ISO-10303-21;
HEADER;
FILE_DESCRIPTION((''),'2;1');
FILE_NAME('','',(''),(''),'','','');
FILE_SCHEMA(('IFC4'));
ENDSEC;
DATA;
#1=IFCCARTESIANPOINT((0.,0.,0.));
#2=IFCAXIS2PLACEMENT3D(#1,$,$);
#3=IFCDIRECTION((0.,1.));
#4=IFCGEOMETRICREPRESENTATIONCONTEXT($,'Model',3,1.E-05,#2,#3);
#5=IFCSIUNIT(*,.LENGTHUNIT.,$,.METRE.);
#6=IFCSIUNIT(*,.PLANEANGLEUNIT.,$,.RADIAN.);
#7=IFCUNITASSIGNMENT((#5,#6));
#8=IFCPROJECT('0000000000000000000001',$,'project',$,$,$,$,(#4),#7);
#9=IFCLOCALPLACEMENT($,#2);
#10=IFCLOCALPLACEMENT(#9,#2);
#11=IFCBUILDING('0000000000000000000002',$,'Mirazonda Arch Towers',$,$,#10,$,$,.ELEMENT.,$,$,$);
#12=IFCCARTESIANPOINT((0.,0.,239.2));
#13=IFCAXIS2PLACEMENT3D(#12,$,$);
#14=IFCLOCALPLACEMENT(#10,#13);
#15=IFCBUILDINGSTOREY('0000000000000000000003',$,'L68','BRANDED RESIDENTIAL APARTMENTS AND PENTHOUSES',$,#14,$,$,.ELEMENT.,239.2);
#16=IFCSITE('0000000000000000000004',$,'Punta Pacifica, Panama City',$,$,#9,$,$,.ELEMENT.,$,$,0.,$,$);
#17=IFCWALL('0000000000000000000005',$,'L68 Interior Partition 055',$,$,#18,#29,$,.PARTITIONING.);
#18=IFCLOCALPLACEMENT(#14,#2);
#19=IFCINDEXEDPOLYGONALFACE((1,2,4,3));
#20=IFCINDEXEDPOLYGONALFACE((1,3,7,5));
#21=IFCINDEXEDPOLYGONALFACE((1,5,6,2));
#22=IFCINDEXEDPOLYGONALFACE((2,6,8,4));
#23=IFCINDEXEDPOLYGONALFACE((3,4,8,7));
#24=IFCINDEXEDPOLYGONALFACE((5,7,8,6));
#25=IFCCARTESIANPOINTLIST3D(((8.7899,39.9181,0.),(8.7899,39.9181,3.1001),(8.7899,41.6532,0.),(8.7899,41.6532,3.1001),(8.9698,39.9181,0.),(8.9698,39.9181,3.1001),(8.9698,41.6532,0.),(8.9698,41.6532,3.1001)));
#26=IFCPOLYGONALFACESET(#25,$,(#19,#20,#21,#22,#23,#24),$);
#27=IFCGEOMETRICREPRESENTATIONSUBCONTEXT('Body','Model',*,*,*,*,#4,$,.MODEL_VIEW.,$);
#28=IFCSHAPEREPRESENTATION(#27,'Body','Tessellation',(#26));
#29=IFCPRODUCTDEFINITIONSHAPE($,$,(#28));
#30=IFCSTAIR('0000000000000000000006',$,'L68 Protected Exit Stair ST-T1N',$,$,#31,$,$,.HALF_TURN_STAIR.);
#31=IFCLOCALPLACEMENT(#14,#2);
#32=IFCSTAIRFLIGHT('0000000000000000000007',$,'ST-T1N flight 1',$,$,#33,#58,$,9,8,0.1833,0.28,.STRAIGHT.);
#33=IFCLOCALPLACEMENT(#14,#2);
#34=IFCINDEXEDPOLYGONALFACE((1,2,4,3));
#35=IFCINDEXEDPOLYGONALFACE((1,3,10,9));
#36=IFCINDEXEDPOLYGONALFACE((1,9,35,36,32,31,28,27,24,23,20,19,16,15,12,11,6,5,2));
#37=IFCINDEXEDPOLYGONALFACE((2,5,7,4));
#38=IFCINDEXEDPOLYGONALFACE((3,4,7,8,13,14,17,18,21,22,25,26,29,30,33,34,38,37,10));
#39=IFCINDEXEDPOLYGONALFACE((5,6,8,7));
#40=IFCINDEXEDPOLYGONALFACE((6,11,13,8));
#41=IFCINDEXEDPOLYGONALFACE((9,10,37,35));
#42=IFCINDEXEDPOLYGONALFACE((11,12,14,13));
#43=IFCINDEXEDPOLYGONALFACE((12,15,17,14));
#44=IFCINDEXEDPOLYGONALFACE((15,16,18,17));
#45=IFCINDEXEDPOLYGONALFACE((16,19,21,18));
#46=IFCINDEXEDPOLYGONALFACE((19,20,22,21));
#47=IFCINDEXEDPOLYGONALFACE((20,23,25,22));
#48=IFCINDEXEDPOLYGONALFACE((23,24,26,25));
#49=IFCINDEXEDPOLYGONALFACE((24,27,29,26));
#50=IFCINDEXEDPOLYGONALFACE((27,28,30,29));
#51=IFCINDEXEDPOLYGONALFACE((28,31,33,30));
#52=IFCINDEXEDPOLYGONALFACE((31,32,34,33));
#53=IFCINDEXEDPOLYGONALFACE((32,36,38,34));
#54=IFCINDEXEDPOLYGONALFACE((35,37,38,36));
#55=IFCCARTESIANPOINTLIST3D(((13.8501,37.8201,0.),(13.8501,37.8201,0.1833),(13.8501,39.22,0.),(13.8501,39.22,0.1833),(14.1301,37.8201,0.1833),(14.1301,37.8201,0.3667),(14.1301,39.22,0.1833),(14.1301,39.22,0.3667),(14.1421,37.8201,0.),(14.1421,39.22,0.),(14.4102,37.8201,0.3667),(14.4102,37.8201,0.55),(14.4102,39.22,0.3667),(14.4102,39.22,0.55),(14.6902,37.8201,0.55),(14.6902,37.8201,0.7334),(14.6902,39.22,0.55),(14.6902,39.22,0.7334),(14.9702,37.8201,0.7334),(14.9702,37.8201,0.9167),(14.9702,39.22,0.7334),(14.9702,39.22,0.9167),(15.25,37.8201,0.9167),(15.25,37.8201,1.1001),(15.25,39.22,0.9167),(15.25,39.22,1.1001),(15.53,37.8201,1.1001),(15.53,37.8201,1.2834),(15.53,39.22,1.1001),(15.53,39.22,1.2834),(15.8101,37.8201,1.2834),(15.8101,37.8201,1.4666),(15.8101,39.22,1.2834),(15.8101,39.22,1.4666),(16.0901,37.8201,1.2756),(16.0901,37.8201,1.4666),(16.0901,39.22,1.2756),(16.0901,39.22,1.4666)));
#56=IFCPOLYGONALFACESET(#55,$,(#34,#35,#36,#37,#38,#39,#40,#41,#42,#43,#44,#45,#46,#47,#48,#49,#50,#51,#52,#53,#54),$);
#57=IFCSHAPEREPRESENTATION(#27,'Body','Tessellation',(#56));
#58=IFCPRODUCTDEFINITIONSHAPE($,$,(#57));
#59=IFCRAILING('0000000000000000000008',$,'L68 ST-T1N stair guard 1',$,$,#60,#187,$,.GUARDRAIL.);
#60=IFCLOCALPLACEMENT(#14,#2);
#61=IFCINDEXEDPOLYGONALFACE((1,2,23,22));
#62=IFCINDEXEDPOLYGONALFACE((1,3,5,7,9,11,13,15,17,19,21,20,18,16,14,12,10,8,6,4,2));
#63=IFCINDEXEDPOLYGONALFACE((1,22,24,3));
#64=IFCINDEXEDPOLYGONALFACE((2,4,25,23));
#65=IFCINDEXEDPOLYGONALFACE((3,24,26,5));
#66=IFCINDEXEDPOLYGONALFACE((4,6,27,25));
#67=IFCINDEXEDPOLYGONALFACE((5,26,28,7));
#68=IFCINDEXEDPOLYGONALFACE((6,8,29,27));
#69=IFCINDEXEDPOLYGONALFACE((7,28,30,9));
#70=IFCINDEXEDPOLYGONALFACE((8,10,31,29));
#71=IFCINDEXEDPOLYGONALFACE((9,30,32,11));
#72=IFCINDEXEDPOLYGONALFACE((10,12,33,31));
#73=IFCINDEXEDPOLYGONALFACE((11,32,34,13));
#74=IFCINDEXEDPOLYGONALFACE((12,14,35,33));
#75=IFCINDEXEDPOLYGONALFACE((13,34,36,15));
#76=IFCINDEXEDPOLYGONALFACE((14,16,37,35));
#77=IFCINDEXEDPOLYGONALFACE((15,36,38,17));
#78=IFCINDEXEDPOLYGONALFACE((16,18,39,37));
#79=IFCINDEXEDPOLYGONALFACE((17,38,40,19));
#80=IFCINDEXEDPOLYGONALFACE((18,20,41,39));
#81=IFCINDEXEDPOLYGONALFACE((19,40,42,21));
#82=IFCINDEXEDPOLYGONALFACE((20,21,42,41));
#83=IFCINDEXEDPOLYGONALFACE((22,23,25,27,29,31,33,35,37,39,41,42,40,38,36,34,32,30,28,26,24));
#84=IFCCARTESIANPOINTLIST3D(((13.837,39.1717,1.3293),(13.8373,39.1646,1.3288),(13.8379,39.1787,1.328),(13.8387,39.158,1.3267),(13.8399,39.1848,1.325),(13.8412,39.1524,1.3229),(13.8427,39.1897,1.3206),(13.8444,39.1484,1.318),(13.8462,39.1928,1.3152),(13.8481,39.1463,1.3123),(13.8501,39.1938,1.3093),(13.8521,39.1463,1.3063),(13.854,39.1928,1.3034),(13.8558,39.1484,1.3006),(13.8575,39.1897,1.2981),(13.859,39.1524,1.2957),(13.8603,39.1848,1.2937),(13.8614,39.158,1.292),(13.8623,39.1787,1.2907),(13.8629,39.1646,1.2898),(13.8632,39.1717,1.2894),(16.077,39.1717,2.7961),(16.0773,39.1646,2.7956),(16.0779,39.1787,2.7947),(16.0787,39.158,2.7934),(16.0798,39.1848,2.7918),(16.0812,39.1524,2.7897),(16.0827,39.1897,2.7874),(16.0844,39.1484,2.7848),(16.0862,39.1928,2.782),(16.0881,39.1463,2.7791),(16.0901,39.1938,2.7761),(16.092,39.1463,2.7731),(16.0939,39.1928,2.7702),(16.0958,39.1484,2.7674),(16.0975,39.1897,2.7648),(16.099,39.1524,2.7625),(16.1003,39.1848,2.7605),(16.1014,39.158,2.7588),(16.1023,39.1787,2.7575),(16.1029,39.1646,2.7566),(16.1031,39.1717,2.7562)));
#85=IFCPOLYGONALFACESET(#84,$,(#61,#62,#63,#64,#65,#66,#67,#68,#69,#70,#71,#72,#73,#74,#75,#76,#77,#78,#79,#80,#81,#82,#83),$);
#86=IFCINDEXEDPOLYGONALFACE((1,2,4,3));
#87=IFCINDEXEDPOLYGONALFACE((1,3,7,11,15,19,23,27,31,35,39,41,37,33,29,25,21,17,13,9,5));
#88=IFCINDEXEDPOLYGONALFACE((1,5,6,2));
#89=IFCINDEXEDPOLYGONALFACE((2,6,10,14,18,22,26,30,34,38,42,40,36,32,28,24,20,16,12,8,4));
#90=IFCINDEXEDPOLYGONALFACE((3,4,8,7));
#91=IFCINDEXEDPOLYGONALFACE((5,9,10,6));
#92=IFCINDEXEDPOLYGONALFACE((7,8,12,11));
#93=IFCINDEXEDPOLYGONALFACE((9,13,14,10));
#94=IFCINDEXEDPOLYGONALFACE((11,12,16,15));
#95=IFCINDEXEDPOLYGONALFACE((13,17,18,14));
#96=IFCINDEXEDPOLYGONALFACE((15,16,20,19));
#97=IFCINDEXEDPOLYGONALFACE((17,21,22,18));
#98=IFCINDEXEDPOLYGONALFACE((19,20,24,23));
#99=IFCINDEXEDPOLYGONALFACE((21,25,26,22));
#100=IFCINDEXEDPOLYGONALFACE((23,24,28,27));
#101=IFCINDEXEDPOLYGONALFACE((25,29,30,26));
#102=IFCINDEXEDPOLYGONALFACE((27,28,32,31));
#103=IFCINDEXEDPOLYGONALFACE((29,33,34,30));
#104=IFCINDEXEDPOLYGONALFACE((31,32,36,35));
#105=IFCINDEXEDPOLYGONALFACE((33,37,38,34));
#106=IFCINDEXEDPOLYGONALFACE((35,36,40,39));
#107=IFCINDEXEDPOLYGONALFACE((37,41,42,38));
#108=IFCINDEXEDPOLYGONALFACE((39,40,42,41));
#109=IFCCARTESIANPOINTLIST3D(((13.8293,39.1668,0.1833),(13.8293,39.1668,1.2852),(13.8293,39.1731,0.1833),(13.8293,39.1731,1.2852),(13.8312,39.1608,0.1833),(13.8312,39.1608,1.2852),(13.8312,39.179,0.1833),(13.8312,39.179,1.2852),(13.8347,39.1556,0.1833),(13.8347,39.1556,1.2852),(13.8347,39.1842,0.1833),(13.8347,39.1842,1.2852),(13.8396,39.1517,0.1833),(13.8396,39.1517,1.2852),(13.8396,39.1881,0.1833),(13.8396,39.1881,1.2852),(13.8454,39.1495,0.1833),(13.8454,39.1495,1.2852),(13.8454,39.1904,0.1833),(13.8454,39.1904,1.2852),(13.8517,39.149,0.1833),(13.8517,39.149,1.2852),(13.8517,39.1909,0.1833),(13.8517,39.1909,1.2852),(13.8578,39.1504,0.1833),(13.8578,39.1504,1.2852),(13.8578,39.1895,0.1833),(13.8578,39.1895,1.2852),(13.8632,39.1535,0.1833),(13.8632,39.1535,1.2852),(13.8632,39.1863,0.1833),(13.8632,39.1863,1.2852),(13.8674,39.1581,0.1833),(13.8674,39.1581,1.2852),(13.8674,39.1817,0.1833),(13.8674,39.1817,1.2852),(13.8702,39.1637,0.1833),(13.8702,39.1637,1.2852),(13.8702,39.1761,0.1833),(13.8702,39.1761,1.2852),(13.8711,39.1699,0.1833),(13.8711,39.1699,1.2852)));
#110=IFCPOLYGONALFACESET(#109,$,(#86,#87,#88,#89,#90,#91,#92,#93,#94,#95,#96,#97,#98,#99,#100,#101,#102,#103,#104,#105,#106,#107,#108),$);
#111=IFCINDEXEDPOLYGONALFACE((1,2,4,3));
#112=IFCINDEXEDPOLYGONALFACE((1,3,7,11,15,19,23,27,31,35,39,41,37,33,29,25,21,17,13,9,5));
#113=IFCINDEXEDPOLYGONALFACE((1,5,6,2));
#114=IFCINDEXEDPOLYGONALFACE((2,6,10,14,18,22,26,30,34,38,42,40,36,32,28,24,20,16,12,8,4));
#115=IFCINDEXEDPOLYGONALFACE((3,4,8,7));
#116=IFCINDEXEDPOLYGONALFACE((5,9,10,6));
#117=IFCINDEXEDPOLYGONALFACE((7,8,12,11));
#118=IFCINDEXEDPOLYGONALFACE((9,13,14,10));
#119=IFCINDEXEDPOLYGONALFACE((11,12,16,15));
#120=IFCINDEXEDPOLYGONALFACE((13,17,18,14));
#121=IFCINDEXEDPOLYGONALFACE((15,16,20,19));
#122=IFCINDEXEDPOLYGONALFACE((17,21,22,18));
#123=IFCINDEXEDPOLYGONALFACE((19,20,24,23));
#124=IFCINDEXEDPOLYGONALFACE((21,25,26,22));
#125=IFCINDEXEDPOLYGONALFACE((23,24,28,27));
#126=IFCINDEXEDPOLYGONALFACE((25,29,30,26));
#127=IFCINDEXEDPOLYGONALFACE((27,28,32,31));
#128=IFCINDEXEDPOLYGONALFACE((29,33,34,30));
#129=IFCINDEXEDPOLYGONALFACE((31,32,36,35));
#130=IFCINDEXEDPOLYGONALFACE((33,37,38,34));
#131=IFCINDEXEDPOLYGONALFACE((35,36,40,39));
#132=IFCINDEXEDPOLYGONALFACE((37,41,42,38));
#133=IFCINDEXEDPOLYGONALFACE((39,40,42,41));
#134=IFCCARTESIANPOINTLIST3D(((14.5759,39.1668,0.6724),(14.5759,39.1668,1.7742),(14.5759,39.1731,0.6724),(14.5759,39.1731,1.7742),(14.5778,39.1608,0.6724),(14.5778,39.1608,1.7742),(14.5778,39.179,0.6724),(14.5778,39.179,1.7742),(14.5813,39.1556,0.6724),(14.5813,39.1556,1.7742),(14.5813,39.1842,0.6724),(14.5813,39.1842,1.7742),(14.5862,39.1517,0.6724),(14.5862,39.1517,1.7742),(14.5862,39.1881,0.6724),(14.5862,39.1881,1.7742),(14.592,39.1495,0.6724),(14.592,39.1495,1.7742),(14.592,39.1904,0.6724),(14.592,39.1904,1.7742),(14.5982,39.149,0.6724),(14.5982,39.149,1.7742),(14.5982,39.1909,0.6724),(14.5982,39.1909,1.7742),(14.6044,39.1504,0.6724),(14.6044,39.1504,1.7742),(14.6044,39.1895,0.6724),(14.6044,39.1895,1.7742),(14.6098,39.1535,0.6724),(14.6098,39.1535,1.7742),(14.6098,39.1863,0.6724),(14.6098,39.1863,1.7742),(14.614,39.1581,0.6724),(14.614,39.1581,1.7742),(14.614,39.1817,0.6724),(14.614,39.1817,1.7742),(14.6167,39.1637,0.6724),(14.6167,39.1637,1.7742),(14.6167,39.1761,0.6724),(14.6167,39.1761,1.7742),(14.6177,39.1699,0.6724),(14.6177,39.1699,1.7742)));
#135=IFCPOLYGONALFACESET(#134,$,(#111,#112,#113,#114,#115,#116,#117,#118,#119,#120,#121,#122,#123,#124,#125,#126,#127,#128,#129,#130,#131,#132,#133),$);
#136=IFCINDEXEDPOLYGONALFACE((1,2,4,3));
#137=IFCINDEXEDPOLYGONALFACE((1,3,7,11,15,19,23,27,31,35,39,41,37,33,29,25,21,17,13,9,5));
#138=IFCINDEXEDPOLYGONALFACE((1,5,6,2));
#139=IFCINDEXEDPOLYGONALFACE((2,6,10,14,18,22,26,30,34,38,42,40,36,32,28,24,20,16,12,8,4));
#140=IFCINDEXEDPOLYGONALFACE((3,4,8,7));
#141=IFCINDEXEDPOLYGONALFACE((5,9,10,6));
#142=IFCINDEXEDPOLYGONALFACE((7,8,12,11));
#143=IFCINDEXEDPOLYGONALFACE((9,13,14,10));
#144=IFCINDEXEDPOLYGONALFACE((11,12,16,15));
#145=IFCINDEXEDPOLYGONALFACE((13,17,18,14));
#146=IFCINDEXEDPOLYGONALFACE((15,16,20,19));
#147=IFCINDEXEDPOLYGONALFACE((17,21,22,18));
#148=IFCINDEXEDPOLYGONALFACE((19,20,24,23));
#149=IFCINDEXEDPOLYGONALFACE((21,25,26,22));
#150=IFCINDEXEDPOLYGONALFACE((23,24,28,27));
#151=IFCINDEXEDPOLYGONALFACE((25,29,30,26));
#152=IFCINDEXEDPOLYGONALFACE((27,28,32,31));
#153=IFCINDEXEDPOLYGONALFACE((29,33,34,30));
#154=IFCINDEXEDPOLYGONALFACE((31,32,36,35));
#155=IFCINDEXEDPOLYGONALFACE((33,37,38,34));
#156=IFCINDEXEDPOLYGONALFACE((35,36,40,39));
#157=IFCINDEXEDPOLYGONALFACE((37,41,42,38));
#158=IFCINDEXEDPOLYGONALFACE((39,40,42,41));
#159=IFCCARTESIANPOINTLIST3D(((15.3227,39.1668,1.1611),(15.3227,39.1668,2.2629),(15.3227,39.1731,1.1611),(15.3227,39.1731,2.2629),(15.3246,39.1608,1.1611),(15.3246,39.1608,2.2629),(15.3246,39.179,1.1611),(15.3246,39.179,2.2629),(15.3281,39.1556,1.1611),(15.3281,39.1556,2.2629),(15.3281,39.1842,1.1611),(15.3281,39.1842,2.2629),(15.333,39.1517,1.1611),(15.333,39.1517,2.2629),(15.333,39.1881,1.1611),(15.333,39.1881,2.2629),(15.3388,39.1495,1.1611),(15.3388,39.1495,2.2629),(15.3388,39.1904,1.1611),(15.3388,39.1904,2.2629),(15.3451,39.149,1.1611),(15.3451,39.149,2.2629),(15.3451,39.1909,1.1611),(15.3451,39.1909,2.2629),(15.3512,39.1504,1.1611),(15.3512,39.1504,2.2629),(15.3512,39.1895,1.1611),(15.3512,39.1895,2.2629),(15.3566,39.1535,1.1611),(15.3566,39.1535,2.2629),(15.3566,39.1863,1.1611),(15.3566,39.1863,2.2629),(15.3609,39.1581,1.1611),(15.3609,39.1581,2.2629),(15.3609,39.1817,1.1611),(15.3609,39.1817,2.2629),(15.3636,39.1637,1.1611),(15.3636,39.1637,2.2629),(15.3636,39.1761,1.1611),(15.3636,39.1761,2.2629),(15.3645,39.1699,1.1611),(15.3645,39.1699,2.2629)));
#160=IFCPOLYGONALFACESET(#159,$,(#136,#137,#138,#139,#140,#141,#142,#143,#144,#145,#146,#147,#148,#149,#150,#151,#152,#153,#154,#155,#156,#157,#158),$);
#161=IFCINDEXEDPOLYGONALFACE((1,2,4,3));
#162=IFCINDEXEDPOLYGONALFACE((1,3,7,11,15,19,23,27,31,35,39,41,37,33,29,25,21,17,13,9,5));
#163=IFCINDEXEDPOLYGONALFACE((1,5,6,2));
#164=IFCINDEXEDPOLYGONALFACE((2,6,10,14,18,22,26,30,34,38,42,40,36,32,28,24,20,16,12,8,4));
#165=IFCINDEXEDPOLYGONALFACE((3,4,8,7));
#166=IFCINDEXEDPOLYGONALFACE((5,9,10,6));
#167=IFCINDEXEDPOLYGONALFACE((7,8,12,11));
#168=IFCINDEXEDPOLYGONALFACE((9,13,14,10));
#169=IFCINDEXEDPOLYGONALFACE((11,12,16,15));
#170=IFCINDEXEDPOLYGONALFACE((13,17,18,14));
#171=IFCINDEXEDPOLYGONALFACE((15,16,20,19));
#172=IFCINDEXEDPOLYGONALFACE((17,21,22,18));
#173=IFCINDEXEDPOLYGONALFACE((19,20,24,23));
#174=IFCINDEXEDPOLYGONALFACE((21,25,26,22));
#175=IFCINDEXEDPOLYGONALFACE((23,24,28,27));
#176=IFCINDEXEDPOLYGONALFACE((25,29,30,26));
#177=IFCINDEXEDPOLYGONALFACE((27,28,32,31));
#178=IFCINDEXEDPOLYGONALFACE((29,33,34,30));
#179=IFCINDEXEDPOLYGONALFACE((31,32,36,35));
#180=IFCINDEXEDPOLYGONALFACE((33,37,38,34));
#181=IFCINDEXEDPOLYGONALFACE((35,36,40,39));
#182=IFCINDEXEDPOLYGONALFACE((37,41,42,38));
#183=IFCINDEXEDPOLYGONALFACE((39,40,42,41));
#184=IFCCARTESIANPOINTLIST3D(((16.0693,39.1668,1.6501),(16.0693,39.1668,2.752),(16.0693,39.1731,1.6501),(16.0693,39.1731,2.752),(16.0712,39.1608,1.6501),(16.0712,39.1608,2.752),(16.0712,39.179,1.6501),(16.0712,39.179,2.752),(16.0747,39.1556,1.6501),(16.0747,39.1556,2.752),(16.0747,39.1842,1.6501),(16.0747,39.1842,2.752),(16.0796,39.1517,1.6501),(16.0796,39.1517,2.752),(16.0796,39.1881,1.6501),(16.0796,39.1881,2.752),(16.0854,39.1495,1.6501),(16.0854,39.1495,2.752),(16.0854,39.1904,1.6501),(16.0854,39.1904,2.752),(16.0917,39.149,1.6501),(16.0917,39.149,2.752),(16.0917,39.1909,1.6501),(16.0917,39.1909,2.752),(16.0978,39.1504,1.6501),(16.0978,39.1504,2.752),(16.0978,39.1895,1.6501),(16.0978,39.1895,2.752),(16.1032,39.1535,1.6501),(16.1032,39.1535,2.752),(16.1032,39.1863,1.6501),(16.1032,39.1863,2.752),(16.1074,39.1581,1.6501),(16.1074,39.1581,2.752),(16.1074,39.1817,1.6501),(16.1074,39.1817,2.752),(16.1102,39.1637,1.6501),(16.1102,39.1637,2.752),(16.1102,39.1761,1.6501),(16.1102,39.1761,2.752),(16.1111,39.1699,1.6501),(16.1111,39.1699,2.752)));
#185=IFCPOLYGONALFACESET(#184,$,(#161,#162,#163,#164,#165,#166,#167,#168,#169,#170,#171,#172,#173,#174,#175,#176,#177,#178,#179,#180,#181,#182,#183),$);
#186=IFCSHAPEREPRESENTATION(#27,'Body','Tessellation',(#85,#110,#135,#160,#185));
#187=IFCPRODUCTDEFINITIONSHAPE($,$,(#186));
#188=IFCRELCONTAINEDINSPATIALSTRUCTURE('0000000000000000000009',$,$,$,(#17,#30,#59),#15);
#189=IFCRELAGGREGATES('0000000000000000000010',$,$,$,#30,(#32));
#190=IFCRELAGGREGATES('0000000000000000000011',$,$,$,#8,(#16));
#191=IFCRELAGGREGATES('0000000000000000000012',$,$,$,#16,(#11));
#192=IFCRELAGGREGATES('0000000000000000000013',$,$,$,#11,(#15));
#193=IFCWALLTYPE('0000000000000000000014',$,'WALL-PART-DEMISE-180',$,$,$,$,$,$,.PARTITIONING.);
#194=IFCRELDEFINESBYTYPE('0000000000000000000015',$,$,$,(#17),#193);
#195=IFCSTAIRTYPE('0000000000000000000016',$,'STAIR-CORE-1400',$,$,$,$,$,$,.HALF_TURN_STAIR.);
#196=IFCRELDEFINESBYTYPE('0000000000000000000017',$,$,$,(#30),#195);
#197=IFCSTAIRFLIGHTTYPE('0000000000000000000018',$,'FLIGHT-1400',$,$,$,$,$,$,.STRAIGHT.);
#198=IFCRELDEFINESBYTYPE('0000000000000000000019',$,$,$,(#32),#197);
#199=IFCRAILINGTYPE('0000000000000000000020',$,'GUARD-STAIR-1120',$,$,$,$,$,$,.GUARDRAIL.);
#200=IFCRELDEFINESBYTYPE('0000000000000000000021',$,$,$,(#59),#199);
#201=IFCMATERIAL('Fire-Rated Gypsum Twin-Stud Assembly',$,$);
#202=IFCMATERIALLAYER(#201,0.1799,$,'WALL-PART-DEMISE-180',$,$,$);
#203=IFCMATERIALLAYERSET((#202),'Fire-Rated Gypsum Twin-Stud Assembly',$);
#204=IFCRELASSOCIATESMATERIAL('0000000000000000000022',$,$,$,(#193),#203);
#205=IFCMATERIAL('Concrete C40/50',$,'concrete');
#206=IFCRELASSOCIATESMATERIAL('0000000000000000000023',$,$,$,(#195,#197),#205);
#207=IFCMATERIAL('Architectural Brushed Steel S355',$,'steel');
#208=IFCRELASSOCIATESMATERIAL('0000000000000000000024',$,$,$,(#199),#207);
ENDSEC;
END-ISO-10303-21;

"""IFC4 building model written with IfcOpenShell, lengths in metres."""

from ifc_helpers import new_model, si_unit, direction, frame, frame_2d, origin, origin_2d, place, context, subcontext, project, spatial, polyline, rectangle, circle, outline, extrude, material, layer, layer_set, type_object, element, aggregate, save


model = new_model("IFC4")

# Units and contexts
model_context = context("Model", 3, precision=1e-05, world=origin(), true_north=direction((0.0, 1.0)))
body_context = subcontext(model_context, "Body", "Model", "MODEL_VIEW")
ifc_project = project(units=[si_unit("LENGTHUNIT", "METRE"), si_unit("PLANEANGLEUNIT", "RADIAN")], contexts=[model_context])

# Site, building, storey
site_placement = place(None, origin())
site = spatial("IfcSite", under=ifc_project, at=site_placement, Name="Punta Pacifica, Panama City", CompositionType="ELEMENT", RefElevation=0.0)
building_placement = place(site_placement, origin())
building = spatial("IfcBuilding", under=site, at=building_placement, Name="Mirazonda Arch Towers", CompositionType="ELEMENT")
storey_placement = place(building_placement, frame((0.0, 0.0, 239.2)))
storey = spatial("IfcBuildingStorey", under=building, at=storey_placement, Name="L68", Description="BRANDED RESIDENTIAL APARTMENTS AND PENTHOUSES", CompositionType="ELEMENT", Elevation=239.2)

# Shared definitions
ifc_material_1 = material(Name="Fire-Rated Gypsum Twin-Stud Assembly")
ifc_layer_1 = layer(ifc_material_1, 0.1799, Name="WALL-PART-DEMISE-180")
ifc_layer_set_1 = layer_set([ifc_layer_1], Name="Fire-Rated Gypsum Twin-Stud Assembly")
wall_type_1 = type_object("IfcWallType", Name="WALL-PART-DEMISE-180", PredefinedType="PARTITIONING", material=ifc_layer_set_1)
ifc_material_2 = material(Name="Architectural Brushed Steel S355", Category="steel")

# Wall
wall_1_placement = place(storey_placement, frame((8.8799, 39.918, 0.0), z_axis=(0.0, 0.0, 1.0), x_axis=(0.0, 1.0, 0.0)))
element("IfcWall", 1, at=wall_1_placement, inside=storey, type_object=wall_type_1, Name="L68 Interior Partition 055", PredefinedType="PARTITIONING", context=body_context, shape_type="SweptSolid", body=[
    extrude(rectangle(XDim=1.7351, YDim=0.1799, at=frame_2d((0.8677, 0.0))), origin(), (0.0, 0.0, 1.0), 3.1001),
])

# Stair, stair flight
ifc_material_3 = material(Name="Concrete C40/50", Category="concrete")
stair_type = type_object("IfcStairType", Name="STAIR-CORE-1400", PredefinedType="HALF_TURN_STAIR", material=ifc_material_3)
stair_placement = place(storey_placement, origin())
stair = element("IfcStair", 2, at=stair_placement, inside=storey, type_object=stair_type, Name="L68 Protected Exit Stair ST-T1N", PredefinedType="HALF_TURN_STAIR")
stair_flight_type = type_object("IfcStairFlightType", Name="FLIGHT-1400", PredefinedType="STRAIGHT", material=ifc_material_3)
stair_flight_placement = place(storey_placement, frame((13.8501, 38.52, 0.0), z_axis=(0.0, 0.0, 1.0), x_axis=(1.0, 0.0, 0.0)))
stair_flight = element("IfcStairFlight", 3, at=stair_flight_placement, type_object=stair_flight_type, Name="ST-T1N flight 1", NumberOfRisers=9, NumberOfTreads=8, PredefinedType="STRAIGHT", RiserHeight=0.1833, TreadLength=0.28, context=body_context, shape_type="SweptSolid", body=[
    extrude(outline(polyline([(0.0, 0.0), (0.0, 0.1833), (0.28, 0.1833), (0.28, 0.3667), (0.5601, 0.3667), (0.5601, 0.55), (0.8401, 0.55), (0.8401, 0.7334), (1.1201, 0.7334), (1.1201, 0.9167), (1.3999, 0.9167), (1.3999, 1.1001), (1.6799, 1.1001), (1.6799, 1.2834), (1.96, 1.2834), (1.96, 1.4666), (2.24, 1.4666), (2.24, 1.6499), (2.24, 1.2756), (0.292, 0.0), (0.0, 0.0)])), frame((0.0, 0.7, 0.0), z_axis=(0.0, -1.0, 0.0), x_axis=(1.0, 0.0, 0.0)), (0.0, 0.0, 1.0), 1.3999),
])
aggregate(stair, [stair_flight])

# Railing
railing_type_1 = type_object("IfcRailingType", Name="GUARD-STAIR-1120", PredefinedType="GUARDRAIL", material=ifc_material_2)
railing_1_placement = place(storey_placement, frame((13.8501, 39.1699, 0.1833)))
element("IfcRailing", 4, at=railing_1_placement, inside=storey, type_object=railing_type_1, Name="L68 ST-T1N stair guard 1", PredefinedType="GUARDRAIL", context=body_context, shape_type="SweptSolid", body=[
    extrude(circle(Radius=0.0239, at=origin_2d()), frame((0.0, 0.0, 1.126), z_axis=(0.836595, 0.0, 0.547822), x_axis=(0.0, 1.0, 0.0)), (0.0, 0.0, 1.0), 2.6775),
    extrude(circle(Radius=0.021, at=origin_2d()), origin(), (0.0, 0.0, 1.0), 1.1018),
    extrude(circle(Radius=0.021, at=origin_2d()), frame((0.7466, 0.0, 0.489)), (0.0, 0.0, 1.0), 1.1018),
    extrude(circle(Radius=0.021, at=origin_2d()), frame((1.4934, 0.0, 0.9778)), (0.0, 0.0, 1.0), 1.1018),
    extrude(circle(Radius=0.021, at=origin_2d()), frame((2.24, 0.0, 1.4668)), (0.0, 0.0, 1.0), 1.1018),
])

save(model, "model.ifc")
